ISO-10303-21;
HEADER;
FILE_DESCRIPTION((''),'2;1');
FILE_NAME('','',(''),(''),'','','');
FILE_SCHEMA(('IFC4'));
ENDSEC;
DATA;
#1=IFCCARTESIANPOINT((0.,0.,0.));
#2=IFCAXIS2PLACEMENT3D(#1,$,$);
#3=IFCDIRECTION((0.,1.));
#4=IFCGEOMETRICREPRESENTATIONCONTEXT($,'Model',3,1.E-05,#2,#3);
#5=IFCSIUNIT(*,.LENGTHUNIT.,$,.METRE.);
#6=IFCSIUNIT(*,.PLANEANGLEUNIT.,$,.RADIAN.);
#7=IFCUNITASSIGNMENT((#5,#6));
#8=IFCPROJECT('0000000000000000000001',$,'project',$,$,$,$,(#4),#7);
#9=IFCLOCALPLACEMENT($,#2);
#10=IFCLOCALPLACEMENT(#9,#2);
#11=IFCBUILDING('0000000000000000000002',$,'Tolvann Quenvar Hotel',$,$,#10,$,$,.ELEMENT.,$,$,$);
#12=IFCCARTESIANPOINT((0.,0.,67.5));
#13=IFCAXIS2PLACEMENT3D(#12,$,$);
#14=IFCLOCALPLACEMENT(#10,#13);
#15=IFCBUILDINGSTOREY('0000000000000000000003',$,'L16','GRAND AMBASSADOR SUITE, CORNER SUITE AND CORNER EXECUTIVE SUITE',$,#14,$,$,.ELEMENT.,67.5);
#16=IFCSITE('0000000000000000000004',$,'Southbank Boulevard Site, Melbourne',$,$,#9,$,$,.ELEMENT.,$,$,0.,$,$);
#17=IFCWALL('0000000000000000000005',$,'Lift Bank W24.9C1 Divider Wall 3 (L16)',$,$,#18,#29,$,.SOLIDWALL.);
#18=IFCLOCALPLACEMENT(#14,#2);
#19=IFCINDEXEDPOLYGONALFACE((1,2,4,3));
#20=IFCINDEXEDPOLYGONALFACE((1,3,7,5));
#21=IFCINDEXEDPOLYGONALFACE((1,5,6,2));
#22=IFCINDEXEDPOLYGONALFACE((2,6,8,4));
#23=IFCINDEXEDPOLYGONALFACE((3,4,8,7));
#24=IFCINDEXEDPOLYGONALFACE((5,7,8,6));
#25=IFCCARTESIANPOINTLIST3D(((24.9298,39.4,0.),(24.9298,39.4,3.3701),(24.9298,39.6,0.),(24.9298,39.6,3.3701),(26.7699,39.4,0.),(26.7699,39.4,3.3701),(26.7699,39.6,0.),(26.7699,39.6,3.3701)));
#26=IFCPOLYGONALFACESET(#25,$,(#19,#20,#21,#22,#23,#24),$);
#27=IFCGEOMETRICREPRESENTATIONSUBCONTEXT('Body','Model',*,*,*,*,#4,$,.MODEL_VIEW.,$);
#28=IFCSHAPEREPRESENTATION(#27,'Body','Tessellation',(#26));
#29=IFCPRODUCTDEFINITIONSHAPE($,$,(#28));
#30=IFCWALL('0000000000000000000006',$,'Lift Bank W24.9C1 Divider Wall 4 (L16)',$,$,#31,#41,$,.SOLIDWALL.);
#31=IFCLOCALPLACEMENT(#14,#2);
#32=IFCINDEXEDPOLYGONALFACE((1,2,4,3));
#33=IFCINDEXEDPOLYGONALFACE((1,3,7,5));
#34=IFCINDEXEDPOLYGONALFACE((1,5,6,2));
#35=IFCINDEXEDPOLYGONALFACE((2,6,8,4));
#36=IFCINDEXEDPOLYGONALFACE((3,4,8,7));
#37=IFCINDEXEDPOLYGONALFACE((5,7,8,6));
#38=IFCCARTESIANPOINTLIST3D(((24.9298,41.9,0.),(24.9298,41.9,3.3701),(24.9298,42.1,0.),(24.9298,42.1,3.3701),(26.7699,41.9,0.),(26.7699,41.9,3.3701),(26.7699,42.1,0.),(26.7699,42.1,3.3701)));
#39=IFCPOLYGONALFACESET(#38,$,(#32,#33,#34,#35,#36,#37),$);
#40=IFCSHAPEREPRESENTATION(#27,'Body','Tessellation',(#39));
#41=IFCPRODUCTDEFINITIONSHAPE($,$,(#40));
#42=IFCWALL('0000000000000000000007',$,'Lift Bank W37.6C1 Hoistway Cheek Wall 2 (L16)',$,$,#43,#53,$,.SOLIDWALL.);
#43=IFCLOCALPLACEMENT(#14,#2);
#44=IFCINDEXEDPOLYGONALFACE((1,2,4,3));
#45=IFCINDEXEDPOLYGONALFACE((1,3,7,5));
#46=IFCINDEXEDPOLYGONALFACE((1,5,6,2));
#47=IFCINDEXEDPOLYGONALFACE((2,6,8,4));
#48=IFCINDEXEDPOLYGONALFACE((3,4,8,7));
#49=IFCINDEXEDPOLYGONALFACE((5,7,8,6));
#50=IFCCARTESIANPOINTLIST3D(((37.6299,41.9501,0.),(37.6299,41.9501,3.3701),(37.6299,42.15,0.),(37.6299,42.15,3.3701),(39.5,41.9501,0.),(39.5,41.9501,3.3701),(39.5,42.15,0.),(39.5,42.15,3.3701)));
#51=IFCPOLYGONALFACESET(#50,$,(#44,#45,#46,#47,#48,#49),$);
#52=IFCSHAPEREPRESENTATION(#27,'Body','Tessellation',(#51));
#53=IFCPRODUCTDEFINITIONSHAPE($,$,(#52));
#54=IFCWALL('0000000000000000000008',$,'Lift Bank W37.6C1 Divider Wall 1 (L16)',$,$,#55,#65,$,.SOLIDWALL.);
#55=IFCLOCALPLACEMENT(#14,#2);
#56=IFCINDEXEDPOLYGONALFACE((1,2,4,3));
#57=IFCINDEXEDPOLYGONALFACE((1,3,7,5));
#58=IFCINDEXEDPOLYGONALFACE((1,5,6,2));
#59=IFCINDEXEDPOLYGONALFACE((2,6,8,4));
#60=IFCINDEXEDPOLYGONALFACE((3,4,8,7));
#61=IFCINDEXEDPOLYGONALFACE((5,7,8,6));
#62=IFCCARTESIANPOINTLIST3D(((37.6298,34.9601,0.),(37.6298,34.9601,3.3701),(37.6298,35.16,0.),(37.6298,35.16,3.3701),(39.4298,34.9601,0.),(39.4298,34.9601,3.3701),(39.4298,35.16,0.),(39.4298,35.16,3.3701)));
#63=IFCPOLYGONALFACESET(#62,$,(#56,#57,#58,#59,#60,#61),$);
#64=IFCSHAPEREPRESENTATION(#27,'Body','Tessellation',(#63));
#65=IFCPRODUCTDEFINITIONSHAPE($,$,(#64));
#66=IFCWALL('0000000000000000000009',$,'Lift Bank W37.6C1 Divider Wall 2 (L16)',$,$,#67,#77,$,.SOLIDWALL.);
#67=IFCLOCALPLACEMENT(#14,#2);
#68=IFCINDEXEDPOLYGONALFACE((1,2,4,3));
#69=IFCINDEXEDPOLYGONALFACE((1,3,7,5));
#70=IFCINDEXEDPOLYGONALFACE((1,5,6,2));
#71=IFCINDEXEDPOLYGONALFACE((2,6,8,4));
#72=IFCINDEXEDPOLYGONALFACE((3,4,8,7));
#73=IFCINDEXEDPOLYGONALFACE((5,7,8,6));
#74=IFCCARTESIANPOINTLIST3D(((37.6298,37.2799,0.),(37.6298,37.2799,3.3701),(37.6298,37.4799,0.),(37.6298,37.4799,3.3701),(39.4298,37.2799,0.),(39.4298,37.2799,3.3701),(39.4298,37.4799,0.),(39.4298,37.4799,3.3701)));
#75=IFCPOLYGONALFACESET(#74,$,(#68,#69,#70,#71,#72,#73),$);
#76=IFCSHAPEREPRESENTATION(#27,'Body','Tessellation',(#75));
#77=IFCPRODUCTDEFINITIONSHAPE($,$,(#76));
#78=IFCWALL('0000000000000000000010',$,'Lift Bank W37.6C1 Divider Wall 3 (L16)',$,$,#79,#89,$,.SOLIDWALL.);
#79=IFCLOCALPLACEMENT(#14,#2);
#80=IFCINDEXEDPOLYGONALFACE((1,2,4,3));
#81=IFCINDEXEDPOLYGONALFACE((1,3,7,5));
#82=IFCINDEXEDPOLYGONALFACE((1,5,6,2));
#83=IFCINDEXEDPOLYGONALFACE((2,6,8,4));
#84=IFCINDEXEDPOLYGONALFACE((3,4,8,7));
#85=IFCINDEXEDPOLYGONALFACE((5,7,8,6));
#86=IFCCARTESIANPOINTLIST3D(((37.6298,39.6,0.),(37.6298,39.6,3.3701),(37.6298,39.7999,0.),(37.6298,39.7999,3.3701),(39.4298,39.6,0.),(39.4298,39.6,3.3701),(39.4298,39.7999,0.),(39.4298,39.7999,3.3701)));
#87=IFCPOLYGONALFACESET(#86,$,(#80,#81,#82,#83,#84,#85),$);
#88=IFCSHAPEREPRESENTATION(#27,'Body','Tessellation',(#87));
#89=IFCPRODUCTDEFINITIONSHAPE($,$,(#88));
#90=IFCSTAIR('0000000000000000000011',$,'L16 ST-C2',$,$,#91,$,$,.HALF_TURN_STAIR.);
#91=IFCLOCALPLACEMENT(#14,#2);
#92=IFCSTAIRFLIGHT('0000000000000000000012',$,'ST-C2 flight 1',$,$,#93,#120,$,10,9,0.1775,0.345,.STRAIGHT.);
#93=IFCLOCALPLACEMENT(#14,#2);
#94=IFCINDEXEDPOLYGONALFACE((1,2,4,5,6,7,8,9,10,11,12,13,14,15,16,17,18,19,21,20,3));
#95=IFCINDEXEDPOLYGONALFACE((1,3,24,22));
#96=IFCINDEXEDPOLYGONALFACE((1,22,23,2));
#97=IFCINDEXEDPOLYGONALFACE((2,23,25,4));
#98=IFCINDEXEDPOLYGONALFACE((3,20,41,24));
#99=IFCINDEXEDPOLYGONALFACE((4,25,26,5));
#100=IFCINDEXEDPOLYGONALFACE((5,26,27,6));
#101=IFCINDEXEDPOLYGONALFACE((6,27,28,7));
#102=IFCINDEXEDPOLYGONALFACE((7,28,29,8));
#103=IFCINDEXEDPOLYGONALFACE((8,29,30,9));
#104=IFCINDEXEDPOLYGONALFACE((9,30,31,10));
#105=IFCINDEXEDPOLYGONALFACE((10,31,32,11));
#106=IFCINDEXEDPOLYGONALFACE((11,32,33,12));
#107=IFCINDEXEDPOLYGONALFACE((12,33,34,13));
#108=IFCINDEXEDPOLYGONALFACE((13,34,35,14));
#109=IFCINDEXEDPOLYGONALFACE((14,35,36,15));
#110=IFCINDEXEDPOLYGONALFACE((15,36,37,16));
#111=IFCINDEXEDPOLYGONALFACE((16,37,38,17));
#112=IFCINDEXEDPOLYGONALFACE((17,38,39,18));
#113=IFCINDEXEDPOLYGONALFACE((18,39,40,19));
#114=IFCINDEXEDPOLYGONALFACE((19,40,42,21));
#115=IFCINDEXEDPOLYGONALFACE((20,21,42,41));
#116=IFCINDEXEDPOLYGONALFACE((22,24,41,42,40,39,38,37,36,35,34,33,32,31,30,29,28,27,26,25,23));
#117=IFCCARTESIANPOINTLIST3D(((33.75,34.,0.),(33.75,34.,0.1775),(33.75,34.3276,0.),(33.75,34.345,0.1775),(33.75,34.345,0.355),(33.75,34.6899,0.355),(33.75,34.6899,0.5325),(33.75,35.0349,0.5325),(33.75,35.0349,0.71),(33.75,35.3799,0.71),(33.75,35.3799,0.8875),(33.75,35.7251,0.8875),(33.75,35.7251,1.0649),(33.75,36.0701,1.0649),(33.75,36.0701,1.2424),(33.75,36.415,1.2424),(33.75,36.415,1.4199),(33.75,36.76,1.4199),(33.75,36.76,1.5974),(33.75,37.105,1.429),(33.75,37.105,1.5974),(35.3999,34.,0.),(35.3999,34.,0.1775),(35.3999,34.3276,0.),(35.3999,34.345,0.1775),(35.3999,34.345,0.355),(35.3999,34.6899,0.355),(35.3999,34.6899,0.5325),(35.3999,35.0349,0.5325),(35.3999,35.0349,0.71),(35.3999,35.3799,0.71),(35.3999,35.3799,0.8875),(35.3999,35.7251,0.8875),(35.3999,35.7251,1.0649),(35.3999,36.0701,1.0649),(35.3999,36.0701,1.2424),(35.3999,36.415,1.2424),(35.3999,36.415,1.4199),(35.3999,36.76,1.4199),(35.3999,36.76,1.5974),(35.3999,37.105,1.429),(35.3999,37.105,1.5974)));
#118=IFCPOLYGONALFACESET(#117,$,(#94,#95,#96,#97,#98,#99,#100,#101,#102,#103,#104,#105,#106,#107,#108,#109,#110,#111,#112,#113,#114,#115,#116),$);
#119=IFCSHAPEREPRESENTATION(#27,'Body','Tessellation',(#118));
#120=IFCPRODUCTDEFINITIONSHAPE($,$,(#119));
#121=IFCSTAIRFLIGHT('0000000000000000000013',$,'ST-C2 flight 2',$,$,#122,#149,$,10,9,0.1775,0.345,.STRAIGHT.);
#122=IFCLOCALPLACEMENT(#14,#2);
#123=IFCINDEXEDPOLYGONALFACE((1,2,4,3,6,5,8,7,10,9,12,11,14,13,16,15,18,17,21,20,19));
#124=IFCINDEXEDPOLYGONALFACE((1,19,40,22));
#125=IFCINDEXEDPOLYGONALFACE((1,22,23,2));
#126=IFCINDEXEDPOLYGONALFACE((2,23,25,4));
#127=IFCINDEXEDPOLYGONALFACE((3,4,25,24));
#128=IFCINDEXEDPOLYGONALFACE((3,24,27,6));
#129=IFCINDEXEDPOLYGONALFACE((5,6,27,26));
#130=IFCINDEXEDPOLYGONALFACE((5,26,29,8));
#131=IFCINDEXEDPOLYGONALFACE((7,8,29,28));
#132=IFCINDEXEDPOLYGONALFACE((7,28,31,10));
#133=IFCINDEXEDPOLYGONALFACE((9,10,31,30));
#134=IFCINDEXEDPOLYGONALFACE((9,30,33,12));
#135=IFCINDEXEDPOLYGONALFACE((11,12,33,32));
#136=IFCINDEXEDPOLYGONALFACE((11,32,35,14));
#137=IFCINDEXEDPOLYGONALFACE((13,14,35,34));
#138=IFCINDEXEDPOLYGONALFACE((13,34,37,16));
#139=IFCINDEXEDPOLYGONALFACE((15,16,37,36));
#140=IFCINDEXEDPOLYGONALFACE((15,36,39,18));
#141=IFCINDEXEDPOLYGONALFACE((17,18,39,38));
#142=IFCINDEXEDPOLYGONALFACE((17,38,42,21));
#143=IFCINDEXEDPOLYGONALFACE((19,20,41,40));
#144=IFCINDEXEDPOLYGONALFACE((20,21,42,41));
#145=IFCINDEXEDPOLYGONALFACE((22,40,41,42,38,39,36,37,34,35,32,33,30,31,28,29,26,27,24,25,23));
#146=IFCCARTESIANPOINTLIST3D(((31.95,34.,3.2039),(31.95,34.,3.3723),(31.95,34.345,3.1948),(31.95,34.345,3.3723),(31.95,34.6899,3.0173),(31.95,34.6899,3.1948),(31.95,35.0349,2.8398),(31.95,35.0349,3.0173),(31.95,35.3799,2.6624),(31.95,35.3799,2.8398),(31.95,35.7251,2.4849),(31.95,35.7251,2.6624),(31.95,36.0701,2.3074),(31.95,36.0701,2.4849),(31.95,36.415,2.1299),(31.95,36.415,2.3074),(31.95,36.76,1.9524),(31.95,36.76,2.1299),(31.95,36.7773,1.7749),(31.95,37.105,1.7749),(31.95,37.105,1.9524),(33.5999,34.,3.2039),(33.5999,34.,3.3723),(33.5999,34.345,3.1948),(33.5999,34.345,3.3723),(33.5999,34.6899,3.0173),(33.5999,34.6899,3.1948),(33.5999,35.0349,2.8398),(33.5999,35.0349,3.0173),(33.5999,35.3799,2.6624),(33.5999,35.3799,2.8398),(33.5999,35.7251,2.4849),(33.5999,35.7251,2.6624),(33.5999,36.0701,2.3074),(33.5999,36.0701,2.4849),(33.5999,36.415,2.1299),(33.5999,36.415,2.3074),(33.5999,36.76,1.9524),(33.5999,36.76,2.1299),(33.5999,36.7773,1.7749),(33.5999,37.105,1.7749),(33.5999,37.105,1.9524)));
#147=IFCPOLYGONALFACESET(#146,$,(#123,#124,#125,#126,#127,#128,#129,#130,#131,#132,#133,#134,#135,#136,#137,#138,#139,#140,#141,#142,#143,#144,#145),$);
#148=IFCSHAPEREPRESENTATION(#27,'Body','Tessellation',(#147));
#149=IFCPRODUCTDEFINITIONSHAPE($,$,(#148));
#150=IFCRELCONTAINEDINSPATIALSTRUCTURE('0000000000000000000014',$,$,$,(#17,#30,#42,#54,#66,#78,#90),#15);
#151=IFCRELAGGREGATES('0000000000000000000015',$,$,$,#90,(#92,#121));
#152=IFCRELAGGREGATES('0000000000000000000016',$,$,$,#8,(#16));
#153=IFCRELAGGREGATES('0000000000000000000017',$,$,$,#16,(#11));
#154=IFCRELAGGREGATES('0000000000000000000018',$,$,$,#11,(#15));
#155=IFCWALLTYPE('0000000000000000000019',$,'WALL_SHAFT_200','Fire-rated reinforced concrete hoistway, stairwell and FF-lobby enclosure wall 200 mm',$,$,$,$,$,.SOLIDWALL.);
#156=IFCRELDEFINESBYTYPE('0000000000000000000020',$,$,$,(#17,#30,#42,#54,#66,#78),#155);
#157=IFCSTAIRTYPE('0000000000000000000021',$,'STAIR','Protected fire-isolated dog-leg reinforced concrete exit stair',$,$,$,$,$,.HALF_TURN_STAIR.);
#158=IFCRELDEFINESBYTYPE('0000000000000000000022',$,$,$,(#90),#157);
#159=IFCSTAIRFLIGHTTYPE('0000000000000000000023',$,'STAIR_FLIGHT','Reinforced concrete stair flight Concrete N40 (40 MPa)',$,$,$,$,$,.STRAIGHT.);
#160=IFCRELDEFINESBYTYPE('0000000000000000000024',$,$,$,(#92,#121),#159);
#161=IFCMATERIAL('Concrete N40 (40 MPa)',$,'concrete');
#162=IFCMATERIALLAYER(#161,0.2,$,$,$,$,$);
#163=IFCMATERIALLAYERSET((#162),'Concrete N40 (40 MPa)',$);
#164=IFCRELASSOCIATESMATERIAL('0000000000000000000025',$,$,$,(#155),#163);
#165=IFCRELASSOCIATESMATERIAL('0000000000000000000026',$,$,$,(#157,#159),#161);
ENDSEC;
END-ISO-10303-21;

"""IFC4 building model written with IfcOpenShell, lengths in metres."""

from ifc_helpers import new_model, si_unit, direction, frame, frame_2d, origin, place, context, subcontext, project, spatial, polyline, rectangle, outline, extrude, material, layer, layer_set, type_object, element, aggregate, save


model = new_model("IFC4")

# Units and contexts
model_context = context("Model", 3, precision=1e-05, world=origin(), true_north=direction((0.0, 1.0)))
body_context = subcontext(model_context, "Body", "Model", "MODEL_VIEW")
ifc_project = project(units=[si_unit("LENGTHUNIT", "METRE"), si_unit("PLANEANGLEUNIT", "RADIAN")], contexts=[model_context])

# Site, building, storey
site_placement = place(None, origin())
site = spatial("IfcSite", under=ifc_project, at=site_placement, Name="Southbank Boulevard Site, Melbourne", CompositionType="ELEMENT", RefElevation=0.0)
building_placement = place(site_placement, origin())
building = spatial("IfcBuilding", under=site, at=building_placement, Name="Tolvann Quenvar Hotel", CompositionType="ELEMENT")
storey_placement = place(building_placement, frame((0.0, 0.0, 67.5)))
storey = spatial("IfcBuildingStorey", under=building, at=storey_placement, Name="L16", Description="GRAND AMBASSADOR SUITE, CORNER SUITE AND CORNER EXECUTIVE SUITE", CompositionType="ELEMENT", Elevation=67.5)

# Shared definitions
ifc_material_1 = material(Name="Concrete N40 (40 MPa)", Category="concrete")
ifc_layer_1 = layer(ifc_material_1, 0.2)
ifc_layer_set_1 = layer_set([ifc_layer_1], Name="Concrete N40 (40 MPa)")
wall_type_1 = type_object("IfcWallType", Name="WALL_SHAFT_200", Description="Fire-rated reinforced concrete hoistway, stairwell and FF-lobby enclosure wall 200 mm", PredefinedType="SOLIDWALL", material=ifc_layer_set_1)

# Walls
for number, where, z_axis, x_axis, name in (
    (1, (24.9299, 39.5, 0.0), (0.0, 0.0, 1.0), (1.0, 0.0, 0.0), "Lift Bank W24.9C1 Divider Wall 3 (L16)"),
    (2, (24.9299, 42.0, 0.0), (0.0, 0.0, 1.0), (1.0, 0.0, 0.0), "Lift Bank W24.9C1 Divider Wall 4 (L16)"),
):
    element("IfcWall", number, at=place(storey_placement, frame(where, z_axis=z_axis, x_axis=x_axis)), inside=storey, type_object=wall_type_1, Name=name, PredefinedType="SOLIDWALL", context=body_context, shape_type="SweptSolid", body=[
        extrude(rectangle(XDim=1.8401, YDim=0.2, at=frame_2d((0.9199, 0.0))), origin(), (0.0, 0.0, 1.0), 3.3701),
    ])
wall_1_placement = place(storey_placement, frame((37.6299, 42.05, 0.0), z_axis=(0.0, 0.0, 1.0), x_axis=(1.0, 0.0, 0.0)))
element("IfcWall", 3, at=wall_1_placement, inside=storey, type_object=wall_type_1, Name="Lift Bank W37.6C1 Hoistway Cheek Wall 2 (L16)", PredefinedType="SOLIDWALL", context=body_context, shape_type="SweptSolid", body=[
    extrude(rectangle(XDim=1.8701, YDim=0.2, at=frame_2d((0.9351, 0.0))), origin(), (0.0, 0.0, 1.0), 3.3701),
])
for number, where, z_axis, x_axis, name in (
    (4, (37.6299, 35.0601, 0.0), (0.0, 0.0, 1.0), (1.0, 0.0, 0.0), "Lift Bank W37.6C1 Divider Wall 1 (L16)"),
    (5, (37.6299, 37.3799, 0.0), (0.0, 0.0, 1.0), (1.0, 0.0, 0.0), "Lift Bank W37.6C1 Divider Wall 2 (L16)"),
    (6, (37.6299, 39.7, 0.0), (0.0, 0.0, 1.0), (1.0, 0.0, 0.0), "Lift Bank W37.6C1 Divider Wall 3 (L16)"),
):
    element("IfcWall", number, at=place(storey_placement, frame(where, z_axis=z_axis, x_axis=x_axis)), inside=storey, type_object=wall_type_1, Name=name, PredefinedType="SOLIDWALL", context=body_context, shape_type="SweptSolid", body=[
        extrude(rectangle(XDim=1.8, YDim=0.2, at=frame_2d((0.8999, 0.0))), origin(), (0.0, 0.0, 1.0), 3.3701),
    ])

# Stair, stair flights
stair_type = type_object("IfcStairType", Name="STAIR", Description="Protected fire-isolated dog-leg reinforced concrete exit stair", PredefinedType="HALF_TURN_STAIR", material=ifc_material_1)
stair_placement = place(storey_placement, origin())
stair = element("IfcStair", 7, at=stair_placement, inside=storey, type_object=stair_type, Name="L16 ST-C2", PredefinedType="HALF_TURN_STAIR")
stair_flight_type = type_object("IfcStairFlightType", Name="STAIR_FLIGHT", Description="Reinforced concrete stair flight Concrete N40 (40 MPa)", PredefinedType="STRAIGHT", material=ifc_material_1)
stair_flight_1_placement = place(storey_placement, frame((34.575, 34.0, 0.0), z_axis=(0.0, 0.0, 1.0), x_axis=(0.0, 1.0, 0.0)))
stair_flight_1 = element("IfcStairFlight", 8, at=stair_flight_1_placement, type_object=stair_flight_type, Name="ST-C2 flight 1", NumberOfRisers=10, NumberOfTreads=9, PredefinedType="STRAIGHT", RiserHeight=0.1775, TreadLength=0.345, context=body_context, shape_type="SweptSolid", body=[
    extrude(outline(polyline([(0.0, 0.0), (0.0, 0.1775), (0.345, 0.1775), (0.345, 0.355), (0.6899, 0.355), (0.6899, 0.5325), (1.0349, 0.5325), (1.0349, 0.71), (1.3799, 0.71), (1.3799, 0.8875), (1.7251, 0.8875), (1.7251, 1.0649), (2.0701, 1.0649), (2.0701, 1.2424), (2.415, 1.2424), (2.415, 1.4199), (2.76, 1.4199), (2.76, 1.5974), (3.105, 1.5974), (3.105, 1.7749), (3.105, 1.429), (0.3276, 0.0), (0.0, 0.0)])), frame((0.0, 0.825, 0.0), z_axis=(0.0, -1.0, 0.0), x_axis=(1.0, 0.0, 0.0)), (0.0, 0.0, 1.0), 1.6499),
])
stair_flight_2_placement = place(storey_placement, frame((32.7749, 37.105, 1.7749), z_axis=(0.0, 0.0, 1.0), x_axis=(0.0, -1.0, 0.0)))
stair_flight_2 = element("IfcStairFlight", 9, at=stair_flight_2_placement, type_object=stair_flight_type, Name="ST-C2 flight 2", NumberOfRisers=10, NumberOfTreads=9, PredefinedType="STRAIGHT", RiserHeight=0.1775, TreadLength=0.345, context=body_context, shape_type="SweptSolid", body=[
    extrude(outline(polyline([(0.0, 0.0), (0.0, 0.1775), (0.345, 0.1775), (0.345, 0.355), (0.6899, 0.355), (0.6899, 0.5325), (1.0349, 0.5325), (1.0349, 0.71), (1.3799, 0.71), (1.3799, 0.8875), (1.7251, 0.8875), (1.7251, 1.0649), (2.0701, 1.0649), (2.0701, 1.2424), (2.415, 1.2424), (2.415, 1.4199), (2.76, 1.4199), (2.76, 1.5974), (3.105, 1.5974), (3.105, 1.7749), (3.105, 1.429), (0.3276, 0.0), (0.0, 0.0)])), frame((0.0, 0.825, 0.0), z_axis=(0.0, -1.0, 0.0), x_axis=(1.0, 0.0, 0.0)), (0.0, 0.0, 1.0), 1.6499),
])
aggregate(stair, [stair_flight_1, stair_flight_2])

save(model, "model.ifc")
